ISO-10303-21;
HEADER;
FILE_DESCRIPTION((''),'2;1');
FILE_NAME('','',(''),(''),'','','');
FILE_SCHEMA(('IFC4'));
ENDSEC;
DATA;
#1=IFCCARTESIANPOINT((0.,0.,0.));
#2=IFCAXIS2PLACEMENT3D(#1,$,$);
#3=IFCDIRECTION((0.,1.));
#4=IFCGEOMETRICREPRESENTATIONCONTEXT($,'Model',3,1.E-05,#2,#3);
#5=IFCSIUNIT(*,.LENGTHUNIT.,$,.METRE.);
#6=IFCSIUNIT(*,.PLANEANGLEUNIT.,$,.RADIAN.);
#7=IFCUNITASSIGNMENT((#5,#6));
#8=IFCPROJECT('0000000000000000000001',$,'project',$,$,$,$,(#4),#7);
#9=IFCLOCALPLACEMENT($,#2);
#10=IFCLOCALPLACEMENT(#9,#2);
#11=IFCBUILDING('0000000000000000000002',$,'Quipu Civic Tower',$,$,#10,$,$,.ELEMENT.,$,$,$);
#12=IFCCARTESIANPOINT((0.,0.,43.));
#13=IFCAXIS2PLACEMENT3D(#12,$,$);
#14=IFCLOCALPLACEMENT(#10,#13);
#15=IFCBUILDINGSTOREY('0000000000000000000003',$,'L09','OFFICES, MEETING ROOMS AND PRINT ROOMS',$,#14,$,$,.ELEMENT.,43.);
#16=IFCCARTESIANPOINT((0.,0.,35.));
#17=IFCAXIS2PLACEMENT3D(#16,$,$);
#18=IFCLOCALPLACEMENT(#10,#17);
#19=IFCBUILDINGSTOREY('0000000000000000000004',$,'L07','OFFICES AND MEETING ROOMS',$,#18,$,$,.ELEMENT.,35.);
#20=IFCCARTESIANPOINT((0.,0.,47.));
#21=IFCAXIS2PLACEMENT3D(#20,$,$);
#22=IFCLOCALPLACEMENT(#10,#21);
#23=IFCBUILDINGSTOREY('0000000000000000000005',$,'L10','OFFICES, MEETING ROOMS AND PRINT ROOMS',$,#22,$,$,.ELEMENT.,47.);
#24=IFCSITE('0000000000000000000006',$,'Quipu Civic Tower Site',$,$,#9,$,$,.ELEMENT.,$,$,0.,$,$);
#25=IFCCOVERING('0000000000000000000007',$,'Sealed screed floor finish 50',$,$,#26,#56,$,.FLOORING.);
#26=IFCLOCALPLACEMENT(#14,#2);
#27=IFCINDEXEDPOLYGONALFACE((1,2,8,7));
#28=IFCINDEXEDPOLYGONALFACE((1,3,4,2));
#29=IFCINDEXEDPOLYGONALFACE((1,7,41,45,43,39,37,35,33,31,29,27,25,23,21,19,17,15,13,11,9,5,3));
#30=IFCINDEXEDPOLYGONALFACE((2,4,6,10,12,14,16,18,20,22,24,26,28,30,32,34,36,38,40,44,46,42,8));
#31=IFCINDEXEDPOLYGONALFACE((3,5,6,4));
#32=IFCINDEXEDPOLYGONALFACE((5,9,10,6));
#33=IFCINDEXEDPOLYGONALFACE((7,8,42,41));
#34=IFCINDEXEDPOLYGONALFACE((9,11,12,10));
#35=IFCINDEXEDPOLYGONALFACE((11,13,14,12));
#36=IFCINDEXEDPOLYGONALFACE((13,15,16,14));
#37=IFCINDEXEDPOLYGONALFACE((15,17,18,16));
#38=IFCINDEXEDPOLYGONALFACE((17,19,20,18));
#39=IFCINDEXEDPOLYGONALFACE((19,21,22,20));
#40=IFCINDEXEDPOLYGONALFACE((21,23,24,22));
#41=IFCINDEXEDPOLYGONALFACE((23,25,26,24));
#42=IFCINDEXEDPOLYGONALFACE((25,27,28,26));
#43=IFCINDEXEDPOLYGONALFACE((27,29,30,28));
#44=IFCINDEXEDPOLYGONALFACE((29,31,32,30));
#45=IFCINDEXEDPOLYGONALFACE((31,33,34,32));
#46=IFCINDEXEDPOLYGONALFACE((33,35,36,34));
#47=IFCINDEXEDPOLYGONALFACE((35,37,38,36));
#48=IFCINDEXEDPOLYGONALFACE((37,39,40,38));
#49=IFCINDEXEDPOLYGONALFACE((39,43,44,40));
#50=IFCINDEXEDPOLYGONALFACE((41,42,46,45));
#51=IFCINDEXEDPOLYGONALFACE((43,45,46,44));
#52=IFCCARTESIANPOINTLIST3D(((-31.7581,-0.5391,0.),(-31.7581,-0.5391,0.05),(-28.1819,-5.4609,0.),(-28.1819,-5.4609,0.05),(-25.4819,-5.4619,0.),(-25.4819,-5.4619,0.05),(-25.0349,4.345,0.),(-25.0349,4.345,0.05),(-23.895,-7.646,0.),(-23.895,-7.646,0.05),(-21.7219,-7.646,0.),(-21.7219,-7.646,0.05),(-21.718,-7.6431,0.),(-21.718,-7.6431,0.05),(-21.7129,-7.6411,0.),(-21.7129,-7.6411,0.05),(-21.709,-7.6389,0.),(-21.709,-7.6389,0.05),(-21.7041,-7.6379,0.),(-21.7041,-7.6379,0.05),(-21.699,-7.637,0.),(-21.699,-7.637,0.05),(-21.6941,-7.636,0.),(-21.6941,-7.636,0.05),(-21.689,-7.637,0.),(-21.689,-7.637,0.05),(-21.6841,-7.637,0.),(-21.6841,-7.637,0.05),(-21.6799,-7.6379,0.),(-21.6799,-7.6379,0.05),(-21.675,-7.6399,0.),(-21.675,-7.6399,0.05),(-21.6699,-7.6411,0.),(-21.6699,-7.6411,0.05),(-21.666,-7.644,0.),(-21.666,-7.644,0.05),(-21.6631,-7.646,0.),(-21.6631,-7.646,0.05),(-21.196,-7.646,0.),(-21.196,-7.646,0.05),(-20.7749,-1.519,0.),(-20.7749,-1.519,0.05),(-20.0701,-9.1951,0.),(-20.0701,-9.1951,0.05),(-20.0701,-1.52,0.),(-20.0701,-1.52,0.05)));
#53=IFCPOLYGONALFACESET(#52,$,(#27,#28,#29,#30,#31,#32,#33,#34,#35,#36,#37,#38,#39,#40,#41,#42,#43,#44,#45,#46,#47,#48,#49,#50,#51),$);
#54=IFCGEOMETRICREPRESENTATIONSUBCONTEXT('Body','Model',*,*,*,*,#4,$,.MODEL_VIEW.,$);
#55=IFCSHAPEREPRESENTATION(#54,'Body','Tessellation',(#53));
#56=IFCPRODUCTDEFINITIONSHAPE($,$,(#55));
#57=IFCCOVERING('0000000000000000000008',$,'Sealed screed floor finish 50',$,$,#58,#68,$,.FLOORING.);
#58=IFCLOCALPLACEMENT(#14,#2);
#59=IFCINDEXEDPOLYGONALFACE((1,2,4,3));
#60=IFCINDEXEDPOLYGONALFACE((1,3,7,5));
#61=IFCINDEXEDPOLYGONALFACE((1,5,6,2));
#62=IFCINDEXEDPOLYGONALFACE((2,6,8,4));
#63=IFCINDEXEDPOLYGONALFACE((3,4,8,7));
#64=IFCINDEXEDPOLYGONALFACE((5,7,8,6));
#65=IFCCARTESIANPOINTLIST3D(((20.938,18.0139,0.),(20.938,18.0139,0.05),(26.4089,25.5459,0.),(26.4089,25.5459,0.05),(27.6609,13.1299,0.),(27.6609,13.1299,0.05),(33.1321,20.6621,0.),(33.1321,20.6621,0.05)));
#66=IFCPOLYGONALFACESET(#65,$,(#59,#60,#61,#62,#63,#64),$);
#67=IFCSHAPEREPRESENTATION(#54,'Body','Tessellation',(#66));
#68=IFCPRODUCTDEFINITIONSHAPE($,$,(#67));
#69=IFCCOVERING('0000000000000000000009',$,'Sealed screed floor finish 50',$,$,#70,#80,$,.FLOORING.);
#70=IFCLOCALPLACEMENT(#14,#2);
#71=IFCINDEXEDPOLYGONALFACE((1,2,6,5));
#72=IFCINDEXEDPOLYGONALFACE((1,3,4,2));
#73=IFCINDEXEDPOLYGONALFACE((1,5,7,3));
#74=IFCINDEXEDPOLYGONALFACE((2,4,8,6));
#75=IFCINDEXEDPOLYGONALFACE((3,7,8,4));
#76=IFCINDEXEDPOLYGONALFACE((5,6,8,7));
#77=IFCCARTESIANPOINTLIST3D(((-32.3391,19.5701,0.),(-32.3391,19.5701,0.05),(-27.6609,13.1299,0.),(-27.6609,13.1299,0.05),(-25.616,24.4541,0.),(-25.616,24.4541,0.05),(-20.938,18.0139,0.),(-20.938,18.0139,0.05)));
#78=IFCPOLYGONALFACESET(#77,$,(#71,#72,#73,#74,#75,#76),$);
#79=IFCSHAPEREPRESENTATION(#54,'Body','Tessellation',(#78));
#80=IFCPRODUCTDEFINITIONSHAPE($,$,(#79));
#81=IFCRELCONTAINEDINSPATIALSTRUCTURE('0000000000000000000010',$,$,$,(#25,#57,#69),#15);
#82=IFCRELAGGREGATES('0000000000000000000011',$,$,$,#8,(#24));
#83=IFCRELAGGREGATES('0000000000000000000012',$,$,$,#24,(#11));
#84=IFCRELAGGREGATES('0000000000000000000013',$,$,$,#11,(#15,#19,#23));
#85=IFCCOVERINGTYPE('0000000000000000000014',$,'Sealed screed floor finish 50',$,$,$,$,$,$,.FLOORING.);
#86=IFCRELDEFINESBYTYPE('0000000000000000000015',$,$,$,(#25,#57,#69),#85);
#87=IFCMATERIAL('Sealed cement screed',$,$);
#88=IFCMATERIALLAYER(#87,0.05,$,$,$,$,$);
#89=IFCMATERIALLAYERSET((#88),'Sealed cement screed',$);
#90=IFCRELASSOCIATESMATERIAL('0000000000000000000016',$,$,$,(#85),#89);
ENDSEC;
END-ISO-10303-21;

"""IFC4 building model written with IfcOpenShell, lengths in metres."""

from ifc_helpers import new_model, si_unit, direction, frame, origin, place, context, subcontext, project, spatial, polyline, outline, extrude, material, layer, layer_set, type_object, element, save


model = new_model("IFC4")

# Units and contexts
model_context = context("Model", 3, precision=1e-05, world=origin(), true_north=direction((0.0, 1.0)))
body_context = subcontext(model_context, "Body", "Model", "MODEL_VIEW")
ifc_project = project(units=[si_unit("LENGTHUNIT", "METRE"), si_unit("PLANEANGLEUNIT", "RADIAN")], contexts=[model_context])

# Site, building, storey
site_placement = place(None, origin())
site = spatial("IfcSite", under=ifc_project, at=site_placement, Name="Quipu Civic Tower Site", CompositionType="ELEMENT", RefElevation=0.0)
building_placement = place(site_placement, origin())
building = spatial("IfcBuilding", under=site, at=building_placement, Name="Quipu Civic Tower", CompositionType="ELEMENT")
storey_1_placement = place(building_placement, frame((0.0, 0.0, 43.0)))
storey_1 = spatial("IfcBuildingStorey", under=building, at=storey_1_placement, Name="L09", Description="OFFICES, MEETING ROOMS AND PRINT ROOMS", CompositionType="ELEMENT", Elevation=43.0)

# Shared definitions
storey_2_placement = place(building_placement, frame((0.0, 0.0, 35.0)))
storey_2 = spatial("IfcBuildingStorey", under=building, at=storey_2_placement, Name="L07", Description="OFFICES AND MEETING ROOMS", CompositionType="ELEMENT", Elevation=35.0)

# Shared definitions
storey_3_placement = place(building_placement, frame((0.0, 0.0, 47.0)))
storey_3 = spatial("IfcBuildingStorey", under=building, at=storey_3_placement, Name="L10", Description="OFFICES, MEETING ROOMS AND PRINT ROOMS", CompositionType="ELEMENT", Elevation=47.0)

# Coverings
ifc_material_1 = material(Name="Sealed cement screed")
ifc_layer_1 = layer(ifc_material_1, 0.05)
ifc_layer_set_1 = layer_set([ifc_layer_1], Name="Sealed cement screed")
covering_type_1 = type_object("IfcCoveringType", Name="Sealed screed floor finish 50", PredefinedType="FLOORING", material=ifc_layer_set_1)
covering_1_placement = place(storey_1_placement, origin())
element("IfcCovering", 1, at=covering_1_placement, inside=storey_1, type_object=covering_type_1, Name="Sealed screed floor finish 50", PredefinedType="FLOORING", context=body_context, shape_type="SweptSolid", body=[
    extrude(outline(polyline([(-31.7581, -0.5391), (-25.0349, 4.345), (-20.7749, -1.519), (-20.0701, -1.52), (-20.0701, -9.1951), (-21.196, -7.646), (-21.6631, -7.646), (-21.666, -7.644), (-21.6699, -7.6411), (-21.675, -7.6399), (-21.6799, -7.6379), (-21.6841, -7.637), (-21.689, -7.637), (-21.6941, -7.636), (-21.699, -7.637), (-21.7041, -7.6379), (-21.709, -7.6389), (-21.7129, -7.6411), (-21.718, -7.6431), (-21.7219, -7.646), (-21.7219, -7.646), (-23.895, -7.646), (-25.4819, -5.4619), (-28.1819, -5.4609), (-31.7581, -0.5391)])), origin(), (0.0, 0.0, 1.0), 0.05),
])
covering_2_placement = place(storey_1_placement, origin())
element("IfcCovering", 2, at=covering_2_placement, inside=storey_1, type_object=covering_type_1, Name="Sealed screed floor finish 50", PredefinedType="FLOORING", context=body_context, shape_type="SweptSolid", body=[
    extrude(outline(polyline([(20.938, 18.0139), (26.4089, 25.5459), (33.1321, 20.6621), (27.6609, 13.1299), (20.938, 18.0139)])), origin(), (0.0, 0.0, 1.0), 0.05),
])
covering_3_placement = place(storey_1_placement, origin())
element("IfcCovering", 3, at=covering_3_placement, inside=storey_1, type_object=covering_type_1, Name="Sealed screed floor finish 50", PredefinedType="FLOORING", context=body_context, shape_type="SweptSolid", body=[
    extrude(outline(polyline([(-32.3391, 19.5701), (-25.616, 24.4541), (-20.938, 18.0139), (-27.6609, 13.1299), (-32.3391, 19.5701)])), origin(), (0.0, 0.0, 1.0), 0.05),
])

save(model, "model.ifc")
